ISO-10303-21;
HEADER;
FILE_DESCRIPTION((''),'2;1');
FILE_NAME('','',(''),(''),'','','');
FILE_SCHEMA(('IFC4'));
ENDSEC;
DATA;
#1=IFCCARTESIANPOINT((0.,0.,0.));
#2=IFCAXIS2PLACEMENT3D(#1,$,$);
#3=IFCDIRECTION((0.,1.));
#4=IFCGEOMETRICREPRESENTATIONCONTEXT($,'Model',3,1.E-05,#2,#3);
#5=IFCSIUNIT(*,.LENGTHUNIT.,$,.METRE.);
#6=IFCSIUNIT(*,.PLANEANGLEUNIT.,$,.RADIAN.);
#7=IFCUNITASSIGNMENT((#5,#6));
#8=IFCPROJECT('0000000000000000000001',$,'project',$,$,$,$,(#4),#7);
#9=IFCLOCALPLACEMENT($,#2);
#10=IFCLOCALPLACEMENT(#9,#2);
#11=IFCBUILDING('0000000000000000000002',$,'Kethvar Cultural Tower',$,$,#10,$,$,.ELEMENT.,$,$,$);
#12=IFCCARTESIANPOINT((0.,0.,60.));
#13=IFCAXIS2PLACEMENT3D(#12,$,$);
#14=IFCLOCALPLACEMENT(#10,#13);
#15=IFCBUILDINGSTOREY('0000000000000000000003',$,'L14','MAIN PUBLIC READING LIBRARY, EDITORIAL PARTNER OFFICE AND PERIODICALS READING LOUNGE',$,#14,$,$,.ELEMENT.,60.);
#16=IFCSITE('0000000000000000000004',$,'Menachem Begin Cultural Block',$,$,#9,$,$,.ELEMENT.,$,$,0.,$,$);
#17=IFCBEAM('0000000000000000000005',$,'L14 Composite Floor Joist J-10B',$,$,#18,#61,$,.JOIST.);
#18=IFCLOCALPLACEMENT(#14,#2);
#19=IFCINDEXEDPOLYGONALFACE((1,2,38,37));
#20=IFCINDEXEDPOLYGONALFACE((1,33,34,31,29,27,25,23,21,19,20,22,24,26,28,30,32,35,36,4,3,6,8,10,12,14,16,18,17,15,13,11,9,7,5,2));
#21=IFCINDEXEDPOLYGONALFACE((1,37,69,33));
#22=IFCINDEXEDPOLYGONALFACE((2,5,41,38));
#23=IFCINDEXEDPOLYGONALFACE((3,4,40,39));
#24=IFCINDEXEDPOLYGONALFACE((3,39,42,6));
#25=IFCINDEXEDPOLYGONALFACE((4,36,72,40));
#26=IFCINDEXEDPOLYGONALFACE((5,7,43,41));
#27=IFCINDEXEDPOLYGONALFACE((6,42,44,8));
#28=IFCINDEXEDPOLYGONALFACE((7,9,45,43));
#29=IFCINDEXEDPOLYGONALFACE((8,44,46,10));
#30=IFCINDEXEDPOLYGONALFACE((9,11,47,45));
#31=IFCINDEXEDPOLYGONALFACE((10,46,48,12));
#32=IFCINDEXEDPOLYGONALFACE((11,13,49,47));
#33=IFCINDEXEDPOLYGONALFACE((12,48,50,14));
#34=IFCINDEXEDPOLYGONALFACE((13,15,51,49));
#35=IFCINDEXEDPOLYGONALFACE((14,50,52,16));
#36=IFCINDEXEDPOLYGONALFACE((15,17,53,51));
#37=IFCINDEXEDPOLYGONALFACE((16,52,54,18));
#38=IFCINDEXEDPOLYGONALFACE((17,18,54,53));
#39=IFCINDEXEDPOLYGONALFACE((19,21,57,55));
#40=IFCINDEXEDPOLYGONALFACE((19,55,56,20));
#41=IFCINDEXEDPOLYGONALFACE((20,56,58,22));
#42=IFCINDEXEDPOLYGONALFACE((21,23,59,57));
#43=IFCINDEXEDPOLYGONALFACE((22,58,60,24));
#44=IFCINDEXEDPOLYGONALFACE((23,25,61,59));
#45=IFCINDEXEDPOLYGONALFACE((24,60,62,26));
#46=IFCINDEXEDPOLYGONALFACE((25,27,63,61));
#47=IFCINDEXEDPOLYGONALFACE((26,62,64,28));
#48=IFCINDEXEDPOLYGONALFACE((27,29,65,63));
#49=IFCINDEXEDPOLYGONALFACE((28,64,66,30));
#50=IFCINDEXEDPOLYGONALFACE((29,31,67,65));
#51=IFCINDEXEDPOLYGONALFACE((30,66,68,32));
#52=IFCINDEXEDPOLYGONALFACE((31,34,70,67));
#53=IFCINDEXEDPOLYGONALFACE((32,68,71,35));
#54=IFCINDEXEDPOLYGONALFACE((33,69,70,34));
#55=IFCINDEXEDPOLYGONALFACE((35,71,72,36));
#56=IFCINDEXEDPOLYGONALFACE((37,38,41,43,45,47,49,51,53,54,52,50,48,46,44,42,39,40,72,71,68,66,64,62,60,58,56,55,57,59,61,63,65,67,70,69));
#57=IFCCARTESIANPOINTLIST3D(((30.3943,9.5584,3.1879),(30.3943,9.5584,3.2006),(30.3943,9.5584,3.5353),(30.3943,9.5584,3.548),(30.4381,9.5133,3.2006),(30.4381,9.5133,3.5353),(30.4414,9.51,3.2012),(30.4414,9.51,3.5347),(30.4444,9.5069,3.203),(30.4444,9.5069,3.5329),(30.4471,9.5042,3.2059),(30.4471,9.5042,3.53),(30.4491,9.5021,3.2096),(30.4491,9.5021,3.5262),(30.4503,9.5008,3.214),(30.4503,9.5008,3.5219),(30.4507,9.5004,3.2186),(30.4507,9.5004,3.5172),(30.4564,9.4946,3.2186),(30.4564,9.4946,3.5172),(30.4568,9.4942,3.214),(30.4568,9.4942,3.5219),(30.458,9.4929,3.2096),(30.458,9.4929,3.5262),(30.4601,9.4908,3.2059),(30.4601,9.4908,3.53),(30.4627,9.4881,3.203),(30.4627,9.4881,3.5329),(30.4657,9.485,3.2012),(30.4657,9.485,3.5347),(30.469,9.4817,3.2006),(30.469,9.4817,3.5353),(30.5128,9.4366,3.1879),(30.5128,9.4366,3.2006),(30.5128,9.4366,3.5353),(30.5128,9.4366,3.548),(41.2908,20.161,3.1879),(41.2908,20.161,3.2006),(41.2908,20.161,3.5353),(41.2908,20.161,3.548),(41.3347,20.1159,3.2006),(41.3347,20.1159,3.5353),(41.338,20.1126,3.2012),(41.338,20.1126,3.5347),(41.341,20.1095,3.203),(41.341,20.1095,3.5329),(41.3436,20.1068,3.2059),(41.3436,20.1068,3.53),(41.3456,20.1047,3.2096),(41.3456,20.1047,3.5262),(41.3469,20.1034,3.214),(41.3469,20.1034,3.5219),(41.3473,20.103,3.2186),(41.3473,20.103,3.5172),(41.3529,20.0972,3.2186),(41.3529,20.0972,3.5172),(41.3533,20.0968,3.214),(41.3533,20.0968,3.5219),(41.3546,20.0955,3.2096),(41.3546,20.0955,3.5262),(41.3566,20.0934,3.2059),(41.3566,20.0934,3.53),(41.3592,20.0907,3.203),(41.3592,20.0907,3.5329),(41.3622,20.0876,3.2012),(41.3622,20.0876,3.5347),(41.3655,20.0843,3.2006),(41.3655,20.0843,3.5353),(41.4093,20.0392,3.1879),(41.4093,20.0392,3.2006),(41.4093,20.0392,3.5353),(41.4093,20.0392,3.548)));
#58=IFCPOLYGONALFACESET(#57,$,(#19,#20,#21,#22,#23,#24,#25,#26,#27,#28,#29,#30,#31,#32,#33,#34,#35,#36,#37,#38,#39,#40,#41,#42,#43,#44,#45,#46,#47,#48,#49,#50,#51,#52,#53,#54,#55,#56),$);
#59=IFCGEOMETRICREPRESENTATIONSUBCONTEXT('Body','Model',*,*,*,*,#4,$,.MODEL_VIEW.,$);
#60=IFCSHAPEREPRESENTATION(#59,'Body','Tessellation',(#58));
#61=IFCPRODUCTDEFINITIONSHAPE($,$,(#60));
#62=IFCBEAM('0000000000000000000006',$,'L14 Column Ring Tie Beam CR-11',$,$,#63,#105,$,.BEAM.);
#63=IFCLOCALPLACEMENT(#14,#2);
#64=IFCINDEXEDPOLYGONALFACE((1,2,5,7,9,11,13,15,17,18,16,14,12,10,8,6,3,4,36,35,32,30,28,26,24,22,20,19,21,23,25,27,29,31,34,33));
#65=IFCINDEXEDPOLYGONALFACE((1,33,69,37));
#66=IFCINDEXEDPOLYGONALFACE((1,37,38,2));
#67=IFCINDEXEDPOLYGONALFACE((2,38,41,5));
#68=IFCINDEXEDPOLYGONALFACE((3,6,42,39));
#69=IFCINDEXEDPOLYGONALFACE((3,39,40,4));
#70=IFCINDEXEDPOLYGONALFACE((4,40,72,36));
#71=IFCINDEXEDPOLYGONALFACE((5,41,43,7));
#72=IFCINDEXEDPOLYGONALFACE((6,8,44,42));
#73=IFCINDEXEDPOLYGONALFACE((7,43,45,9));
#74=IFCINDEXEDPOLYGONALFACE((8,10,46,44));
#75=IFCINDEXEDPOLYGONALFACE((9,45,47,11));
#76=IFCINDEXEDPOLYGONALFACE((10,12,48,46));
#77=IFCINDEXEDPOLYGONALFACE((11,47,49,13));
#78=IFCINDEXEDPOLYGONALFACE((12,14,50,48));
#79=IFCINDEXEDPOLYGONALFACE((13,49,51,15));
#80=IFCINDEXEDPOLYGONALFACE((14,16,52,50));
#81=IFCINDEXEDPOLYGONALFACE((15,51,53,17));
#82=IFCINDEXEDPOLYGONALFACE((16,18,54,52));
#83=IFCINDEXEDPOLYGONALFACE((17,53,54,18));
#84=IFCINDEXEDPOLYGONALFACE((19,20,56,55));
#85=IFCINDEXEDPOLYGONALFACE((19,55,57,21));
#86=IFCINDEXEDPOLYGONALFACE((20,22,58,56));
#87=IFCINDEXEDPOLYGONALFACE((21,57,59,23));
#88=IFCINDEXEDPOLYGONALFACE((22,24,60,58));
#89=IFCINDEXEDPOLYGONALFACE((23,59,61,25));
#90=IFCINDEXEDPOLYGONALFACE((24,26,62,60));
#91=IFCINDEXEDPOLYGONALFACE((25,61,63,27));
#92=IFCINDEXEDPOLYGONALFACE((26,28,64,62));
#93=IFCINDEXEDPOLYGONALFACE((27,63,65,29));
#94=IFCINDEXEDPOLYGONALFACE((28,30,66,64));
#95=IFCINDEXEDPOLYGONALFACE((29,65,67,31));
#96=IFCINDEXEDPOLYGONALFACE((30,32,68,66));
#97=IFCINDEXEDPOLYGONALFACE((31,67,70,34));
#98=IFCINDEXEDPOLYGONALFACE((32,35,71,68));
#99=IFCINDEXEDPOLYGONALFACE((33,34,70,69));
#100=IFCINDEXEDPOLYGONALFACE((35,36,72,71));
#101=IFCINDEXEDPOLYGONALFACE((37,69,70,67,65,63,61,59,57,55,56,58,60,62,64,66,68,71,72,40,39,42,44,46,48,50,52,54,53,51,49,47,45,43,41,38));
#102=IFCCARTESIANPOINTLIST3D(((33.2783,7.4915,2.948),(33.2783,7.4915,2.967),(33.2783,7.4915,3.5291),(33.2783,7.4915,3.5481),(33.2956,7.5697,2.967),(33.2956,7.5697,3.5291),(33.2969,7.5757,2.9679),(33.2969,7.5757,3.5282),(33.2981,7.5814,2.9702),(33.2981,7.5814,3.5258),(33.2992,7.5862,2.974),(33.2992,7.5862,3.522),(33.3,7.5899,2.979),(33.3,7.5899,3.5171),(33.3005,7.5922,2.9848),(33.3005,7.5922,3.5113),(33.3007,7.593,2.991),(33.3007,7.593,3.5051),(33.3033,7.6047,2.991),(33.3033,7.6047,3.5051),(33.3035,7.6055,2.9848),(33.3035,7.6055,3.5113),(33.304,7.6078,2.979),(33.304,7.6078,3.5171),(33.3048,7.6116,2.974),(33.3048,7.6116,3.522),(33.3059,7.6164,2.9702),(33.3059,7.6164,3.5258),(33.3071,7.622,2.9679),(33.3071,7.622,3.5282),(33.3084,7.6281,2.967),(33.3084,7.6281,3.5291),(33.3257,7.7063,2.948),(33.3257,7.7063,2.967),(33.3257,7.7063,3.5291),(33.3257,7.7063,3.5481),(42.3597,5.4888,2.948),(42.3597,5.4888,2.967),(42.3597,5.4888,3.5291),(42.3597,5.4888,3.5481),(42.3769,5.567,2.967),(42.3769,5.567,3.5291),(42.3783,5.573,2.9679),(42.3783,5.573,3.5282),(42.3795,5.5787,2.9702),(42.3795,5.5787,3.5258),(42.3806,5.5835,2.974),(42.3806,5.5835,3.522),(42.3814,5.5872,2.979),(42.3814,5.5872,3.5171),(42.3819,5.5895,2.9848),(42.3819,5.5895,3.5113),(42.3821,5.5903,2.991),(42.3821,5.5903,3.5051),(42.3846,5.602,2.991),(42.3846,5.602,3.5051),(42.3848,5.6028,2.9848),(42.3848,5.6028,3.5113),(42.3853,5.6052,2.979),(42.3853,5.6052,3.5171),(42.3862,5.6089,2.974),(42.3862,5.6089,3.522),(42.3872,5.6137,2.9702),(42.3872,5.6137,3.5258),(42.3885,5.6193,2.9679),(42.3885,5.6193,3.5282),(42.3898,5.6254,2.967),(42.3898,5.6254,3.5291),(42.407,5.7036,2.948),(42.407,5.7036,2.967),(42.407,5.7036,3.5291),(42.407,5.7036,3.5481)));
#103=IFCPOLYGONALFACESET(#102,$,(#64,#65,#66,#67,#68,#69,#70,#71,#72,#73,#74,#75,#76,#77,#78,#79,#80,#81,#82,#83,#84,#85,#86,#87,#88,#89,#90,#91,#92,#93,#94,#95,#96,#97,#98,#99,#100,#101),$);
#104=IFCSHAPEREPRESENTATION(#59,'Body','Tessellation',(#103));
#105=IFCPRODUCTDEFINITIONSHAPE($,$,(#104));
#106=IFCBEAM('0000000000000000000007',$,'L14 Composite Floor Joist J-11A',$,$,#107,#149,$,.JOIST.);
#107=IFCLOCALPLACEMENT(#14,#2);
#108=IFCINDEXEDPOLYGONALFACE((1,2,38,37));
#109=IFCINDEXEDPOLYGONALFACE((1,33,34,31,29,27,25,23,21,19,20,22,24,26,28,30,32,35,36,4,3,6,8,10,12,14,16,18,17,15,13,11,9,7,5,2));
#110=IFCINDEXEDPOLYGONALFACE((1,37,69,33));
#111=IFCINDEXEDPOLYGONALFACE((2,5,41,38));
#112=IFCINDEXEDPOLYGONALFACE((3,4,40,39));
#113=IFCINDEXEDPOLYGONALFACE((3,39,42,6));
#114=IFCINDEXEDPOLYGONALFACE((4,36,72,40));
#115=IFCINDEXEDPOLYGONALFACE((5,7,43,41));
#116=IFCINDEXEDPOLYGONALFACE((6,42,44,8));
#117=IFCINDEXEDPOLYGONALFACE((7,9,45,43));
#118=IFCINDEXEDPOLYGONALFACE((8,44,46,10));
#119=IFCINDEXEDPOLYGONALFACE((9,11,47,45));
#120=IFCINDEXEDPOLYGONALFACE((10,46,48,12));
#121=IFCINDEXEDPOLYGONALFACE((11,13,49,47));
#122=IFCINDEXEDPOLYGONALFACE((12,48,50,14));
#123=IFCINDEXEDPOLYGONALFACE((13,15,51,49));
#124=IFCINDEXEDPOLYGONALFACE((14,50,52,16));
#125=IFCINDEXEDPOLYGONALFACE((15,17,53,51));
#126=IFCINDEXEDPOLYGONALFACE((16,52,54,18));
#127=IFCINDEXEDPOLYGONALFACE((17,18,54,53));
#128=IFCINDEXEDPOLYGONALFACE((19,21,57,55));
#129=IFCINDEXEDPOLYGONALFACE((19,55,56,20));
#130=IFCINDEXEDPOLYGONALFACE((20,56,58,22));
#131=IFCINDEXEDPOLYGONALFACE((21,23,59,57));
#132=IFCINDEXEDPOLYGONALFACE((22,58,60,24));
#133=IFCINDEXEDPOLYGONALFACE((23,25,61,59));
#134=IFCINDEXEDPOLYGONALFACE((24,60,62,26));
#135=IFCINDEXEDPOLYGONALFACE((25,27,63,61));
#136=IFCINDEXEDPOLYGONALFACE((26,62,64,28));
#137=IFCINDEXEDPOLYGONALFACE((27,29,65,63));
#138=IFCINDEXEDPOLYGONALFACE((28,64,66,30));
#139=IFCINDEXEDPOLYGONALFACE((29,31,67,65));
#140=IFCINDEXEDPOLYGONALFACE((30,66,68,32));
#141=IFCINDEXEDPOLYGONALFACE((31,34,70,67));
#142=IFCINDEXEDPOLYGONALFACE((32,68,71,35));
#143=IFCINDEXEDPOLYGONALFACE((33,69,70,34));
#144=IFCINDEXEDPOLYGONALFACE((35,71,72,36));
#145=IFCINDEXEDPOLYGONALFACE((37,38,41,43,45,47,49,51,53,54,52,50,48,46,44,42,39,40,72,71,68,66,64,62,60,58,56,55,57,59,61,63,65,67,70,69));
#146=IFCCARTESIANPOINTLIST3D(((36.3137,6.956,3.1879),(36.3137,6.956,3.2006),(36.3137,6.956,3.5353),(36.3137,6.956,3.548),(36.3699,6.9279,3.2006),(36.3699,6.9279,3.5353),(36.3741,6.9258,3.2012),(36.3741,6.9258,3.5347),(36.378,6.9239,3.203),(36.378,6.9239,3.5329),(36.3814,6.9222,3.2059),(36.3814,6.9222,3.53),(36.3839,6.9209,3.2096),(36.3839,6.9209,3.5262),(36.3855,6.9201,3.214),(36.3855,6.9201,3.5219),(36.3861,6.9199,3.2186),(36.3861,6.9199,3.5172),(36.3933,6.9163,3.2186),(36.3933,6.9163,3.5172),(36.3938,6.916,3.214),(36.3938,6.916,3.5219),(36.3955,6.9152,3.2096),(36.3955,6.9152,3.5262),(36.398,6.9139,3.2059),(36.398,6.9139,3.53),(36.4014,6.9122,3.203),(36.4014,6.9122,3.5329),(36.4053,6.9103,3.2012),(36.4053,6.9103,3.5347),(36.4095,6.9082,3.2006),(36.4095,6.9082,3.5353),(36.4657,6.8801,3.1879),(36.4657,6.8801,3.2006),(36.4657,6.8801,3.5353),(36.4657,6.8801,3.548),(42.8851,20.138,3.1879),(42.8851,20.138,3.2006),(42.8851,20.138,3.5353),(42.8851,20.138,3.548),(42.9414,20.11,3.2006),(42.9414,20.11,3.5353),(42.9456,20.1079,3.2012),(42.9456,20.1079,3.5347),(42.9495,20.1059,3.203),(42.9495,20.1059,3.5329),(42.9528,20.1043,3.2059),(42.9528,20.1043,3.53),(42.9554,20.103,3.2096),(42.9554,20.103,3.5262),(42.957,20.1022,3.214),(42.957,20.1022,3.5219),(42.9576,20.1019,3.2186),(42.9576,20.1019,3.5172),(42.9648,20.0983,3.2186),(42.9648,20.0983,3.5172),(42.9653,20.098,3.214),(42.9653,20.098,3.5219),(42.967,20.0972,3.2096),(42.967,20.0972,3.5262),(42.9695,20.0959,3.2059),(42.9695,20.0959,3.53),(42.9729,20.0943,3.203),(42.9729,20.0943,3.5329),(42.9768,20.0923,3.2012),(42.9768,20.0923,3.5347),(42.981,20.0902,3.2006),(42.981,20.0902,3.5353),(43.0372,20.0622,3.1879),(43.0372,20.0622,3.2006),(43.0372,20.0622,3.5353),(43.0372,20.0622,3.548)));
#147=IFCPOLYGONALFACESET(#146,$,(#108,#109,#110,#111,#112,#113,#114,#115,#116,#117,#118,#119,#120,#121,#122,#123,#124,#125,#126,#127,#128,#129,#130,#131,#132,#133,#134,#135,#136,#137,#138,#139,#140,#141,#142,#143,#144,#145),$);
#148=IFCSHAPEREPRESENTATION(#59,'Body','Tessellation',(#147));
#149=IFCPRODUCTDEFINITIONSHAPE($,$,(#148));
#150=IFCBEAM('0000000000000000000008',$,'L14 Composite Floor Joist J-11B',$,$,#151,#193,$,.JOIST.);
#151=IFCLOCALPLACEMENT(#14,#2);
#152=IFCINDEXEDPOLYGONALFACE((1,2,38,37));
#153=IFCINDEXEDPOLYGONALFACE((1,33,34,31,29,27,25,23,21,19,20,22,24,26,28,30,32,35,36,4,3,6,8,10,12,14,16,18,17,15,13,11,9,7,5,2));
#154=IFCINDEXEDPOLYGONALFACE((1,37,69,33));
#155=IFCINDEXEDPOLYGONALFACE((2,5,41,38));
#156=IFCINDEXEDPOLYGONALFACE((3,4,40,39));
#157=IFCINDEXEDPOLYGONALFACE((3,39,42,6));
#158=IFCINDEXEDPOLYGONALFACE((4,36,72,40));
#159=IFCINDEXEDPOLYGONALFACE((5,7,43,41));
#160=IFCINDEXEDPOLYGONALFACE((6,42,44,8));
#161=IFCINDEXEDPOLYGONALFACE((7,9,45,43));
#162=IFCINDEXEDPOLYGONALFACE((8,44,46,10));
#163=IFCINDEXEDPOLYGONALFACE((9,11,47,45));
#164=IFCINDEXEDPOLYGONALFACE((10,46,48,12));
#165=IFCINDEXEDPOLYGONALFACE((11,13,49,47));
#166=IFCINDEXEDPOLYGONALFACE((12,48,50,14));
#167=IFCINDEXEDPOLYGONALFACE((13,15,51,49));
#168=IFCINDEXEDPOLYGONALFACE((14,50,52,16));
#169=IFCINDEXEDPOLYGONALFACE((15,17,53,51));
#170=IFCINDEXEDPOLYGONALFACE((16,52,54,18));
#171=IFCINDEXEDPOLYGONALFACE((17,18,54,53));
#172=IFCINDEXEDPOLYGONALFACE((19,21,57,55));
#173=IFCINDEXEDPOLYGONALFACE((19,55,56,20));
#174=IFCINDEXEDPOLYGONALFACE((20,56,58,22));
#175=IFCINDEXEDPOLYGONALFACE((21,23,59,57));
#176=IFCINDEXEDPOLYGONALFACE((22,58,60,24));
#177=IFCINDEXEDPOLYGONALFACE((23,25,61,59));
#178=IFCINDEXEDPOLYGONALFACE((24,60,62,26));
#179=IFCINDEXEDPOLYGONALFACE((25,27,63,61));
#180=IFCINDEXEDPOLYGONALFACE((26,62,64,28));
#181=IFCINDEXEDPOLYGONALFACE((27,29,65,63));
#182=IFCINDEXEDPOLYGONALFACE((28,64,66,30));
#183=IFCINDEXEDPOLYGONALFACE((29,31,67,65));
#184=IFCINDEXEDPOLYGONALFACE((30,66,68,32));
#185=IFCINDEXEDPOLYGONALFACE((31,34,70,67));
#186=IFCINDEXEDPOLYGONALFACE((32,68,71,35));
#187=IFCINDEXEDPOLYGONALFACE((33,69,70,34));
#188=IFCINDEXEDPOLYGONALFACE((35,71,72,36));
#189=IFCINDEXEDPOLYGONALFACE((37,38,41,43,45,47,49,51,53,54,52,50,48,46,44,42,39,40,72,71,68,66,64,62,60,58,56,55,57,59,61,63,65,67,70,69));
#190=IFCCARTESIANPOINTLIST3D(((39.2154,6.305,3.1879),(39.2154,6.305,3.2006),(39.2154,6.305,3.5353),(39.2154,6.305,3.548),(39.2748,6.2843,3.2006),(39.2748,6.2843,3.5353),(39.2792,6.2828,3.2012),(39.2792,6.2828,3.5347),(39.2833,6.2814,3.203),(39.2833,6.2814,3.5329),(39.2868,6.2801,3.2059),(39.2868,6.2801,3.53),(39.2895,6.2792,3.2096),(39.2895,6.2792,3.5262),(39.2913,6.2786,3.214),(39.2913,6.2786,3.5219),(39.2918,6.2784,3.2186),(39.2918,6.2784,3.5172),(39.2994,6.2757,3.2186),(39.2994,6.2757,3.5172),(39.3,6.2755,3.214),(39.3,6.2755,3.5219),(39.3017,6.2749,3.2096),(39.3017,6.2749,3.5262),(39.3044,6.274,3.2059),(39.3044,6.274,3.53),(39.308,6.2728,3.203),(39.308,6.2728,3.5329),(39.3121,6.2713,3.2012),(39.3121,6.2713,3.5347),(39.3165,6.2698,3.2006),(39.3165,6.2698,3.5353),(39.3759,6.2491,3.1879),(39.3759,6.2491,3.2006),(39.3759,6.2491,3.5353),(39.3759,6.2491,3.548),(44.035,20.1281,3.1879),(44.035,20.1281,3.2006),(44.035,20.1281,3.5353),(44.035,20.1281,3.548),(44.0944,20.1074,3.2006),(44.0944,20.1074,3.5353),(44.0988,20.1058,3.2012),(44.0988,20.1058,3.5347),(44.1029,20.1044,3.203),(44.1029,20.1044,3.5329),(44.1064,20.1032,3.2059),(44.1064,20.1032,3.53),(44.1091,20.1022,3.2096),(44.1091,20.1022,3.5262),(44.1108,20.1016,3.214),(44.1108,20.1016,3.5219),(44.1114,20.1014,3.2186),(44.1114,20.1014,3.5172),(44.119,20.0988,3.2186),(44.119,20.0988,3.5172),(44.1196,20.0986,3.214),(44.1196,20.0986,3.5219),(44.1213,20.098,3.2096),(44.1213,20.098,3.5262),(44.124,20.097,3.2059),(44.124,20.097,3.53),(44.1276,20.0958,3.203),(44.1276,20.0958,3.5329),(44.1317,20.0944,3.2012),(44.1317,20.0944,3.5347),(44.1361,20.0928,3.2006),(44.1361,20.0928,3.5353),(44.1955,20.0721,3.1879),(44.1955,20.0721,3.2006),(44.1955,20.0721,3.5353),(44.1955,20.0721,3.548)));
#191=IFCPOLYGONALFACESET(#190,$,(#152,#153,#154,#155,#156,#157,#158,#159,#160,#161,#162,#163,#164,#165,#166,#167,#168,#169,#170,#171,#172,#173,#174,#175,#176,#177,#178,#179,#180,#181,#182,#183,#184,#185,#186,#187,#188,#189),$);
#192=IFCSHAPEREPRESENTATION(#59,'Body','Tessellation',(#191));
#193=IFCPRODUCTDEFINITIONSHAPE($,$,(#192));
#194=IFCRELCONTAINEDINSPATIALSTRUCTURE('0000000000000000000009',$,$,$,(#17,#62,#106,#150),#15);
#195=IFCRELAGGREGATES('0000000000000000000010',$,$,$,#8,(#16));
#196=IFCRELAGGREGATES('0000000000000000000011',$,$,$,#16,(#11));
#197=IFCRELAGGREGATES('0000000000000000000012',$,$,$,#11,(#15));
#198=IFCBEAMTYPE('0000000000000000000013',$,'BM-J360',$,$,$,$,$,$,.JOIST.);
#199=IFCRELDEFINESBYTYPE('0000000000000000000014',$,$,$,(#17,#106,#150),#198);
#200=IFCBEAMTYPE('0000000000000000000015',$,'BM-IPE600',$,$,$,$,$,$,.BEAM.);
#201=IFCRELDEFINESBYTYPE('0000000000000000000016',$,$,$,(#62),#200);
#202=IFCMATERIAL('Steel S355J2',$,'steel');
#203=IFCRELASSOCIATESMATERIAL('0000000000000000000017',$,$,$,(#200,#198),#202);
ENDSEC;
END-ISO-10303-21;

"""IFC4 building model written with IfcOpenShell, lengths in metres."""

from ifc_helpers import new_model, si_unit, direction, frame, origin, origin_2d, place, context, subcontext, project, spatial, i_section, extrude, source, transform, mapped, material, material_profile, profile_set, type_object, element, save


model = new_model("IFC4")

# Units and contexts
model_context = context("Model", 3, precision=1e-05, world=origin(), true_north=direction((0.0, 1.0)))
body_context = subcontext(model_context, "Body", "Model", "MODEL_VIEW")
ifc_project = project(units=[si_unit("LENGTHUNIT", "METRE"), si_unit("PLANEANGLEUNIT", "RADIAN")], contexts=[model_context])

# Site, building, storey
site_placement = place(None, origin())
site = spatial("IfcSite", under=ifc_project, at=site_placement, Name="Menachem Begin Cultural Block", CompositionType="ELEMENT", RefElevation=0.0)
building_placement = place(site_placement, origin())
building = spatial("IfcBuilding", under=site, at=building_placement, Name="Kethvar Cultural Tower", CompositionType="ELEMENT")
storey_placement = place(building_placement, frame((0.0, 0.0, 60.0)))
storey = spatial("IfcBuildingStorey", under=building, at=storey_placement, Name="L14", Description="MAIN PUBLIC READING LIBRARY, EDITORIAL PARTNER OFFICE AND PERIODICALS READING LOUNGE", CompositionType="ELEMENT", Elevation=60.0)

# Beams
ifc_material_1 = material(Name="Steel S355J2", Category="steel")
ifc_material_profile_1 = material_profile(ifc_material_1, i_section(OverallWidth=0.22, OverallDepth=0.6001, WebThickness=0.012, FlangeThickness=0.019, FilletRadius=0.0239, at=origin_2d()), Name="Steel S355J2 — IPE600")
ifc_profile_set_1 = profile_set([ifc_material_profile_1], Name="Steel S355J2 — IPE600")
beam_type_1 = type_object("IfcBeamType", Name="BM-IPE600", PredefinedType="BEAM", material=ifc_profile_set_1)
ifc_material_profile_2 = material_profile(ifc_material_1, i_section(OverallWidth=0.1699, OverallDepth=0.3601, WebThickness=0.0081, FlangeThickness=0.0127, FilletRadius=0.0181, at=origin_2d()), Name="Steel S355J2 — IPE360")
ifc_profile_set_2 = profile_set([ifc_material_profile_2], Name="Steel S355J2 — IPE360")
beam_type_2 = type_object("IfcBeamType", Name="BM-J360", PredefinedType="JOIST", material=ifc_profile_set_2)
shared_shape_1 = source(origin(), body_context, "Body", "SweptSolid", [
    extrude(i_section(OverallWidth=0.1699, OverallDepth=0.3601, WebThickness=0.0081, FlangeThickness=0.0127, FilletRadius=0.0181, at=origin_2d()), origin(), (0.0, 0.0, 1.0), 15.2036),
])
beam_1_placement = place(storey_placement, frame((41.3501, 20.1001, 3.3679), z_axis=(-0.716708, -0.697374, 0.0), x_axis=(0.697374, -0.716708, 0.0)))
element("IfcBeam", 1, at=beam_1_placement, inside=storey, type_object=beam_type_2, Name="L14 Composite Floor Joist J-10B", PredefinedType="JOIST", context=body_context, shape_type="MappedRepresentation", body=[
    mapped(shared_shape_1, transform((0.0, 0.0, 0.0), scale=1.0)),
])
shared_shape_2 = source(origin(), body_context, "Body", "SweptSolid", [
    extrude(i_section(OverallWidth=0.22, OverallDepth=0.6001, WebThickness=0.012, FlangeThickness=0.019, FilletRadius=0.0239, at=origin_2d()), origin(), (0.0, 0.0, 1.0), 9.2996),
])
beam_2_placement = place(storey_placement, frame((33.302, 7.5989, 3.248), z_axis=(0.976536, -0.215354, 0.0), x_axis=(0.215354, 0.976536, 0.0)))
element("IfcBeam", 2, at=beam_2_placement, inside=storey, type_object=beam_type_1, Name="L14 Column Ring Tie Beam CR-11", PredefinedType="BEAM", context=body_context, shape_type="MappedRepresentation", body=[
    mapped(shared_shape_2, transform((0.0, 0.0, 0.0), scale=1.0)),
])
shared_shape_3 = source(origin(), body_context, "Body", "SweptSolid", [
    extrude(i_section(OverallWidth=0.1699, OverallDepth=0.3601, WebThickness=0.0081, FlangeThickness=0.0127, FilletRadius=0.0181, at=origin_2d()), origin(), (0.0, 0.0, 1.0), 14.7292),
])
beam_3_placement = place(storey_placement, frame((42.9612, 20.1001, 3.3679), z_axis=(-0.446152, -0.894957, 0.0), x_axis=(0.894957, -0.446152, 0.0)))
element("IfcBeam", 3, at=beam_3_placement, inside=storey, type_object=beam_type_2, Name="L14 Composite Floor Joist J-11A", PredefinedType="JOIST", context=body_context, shape_type="MappedRepresentation", body=[
    mapped(shared_shape_3, transform((0.0, 0.0, 0.0), scale=1.0)),
])
shared_shape_4 = source(origin(), body_context, "Body", "SweptSolid", [
    extrude(i_section(OverallWidth=0.1699, OverallDepth=0.3601, WebThickness=0.0081, FlangeThickness=0.0127, FilletRadius=0.0181, at=origin_2d()), origin(), (0.0, 0.0, 1.0), 14.6392),
])
beam_4_placement = place(storey_placement, frame((44.1152, 20.1001, 3.3679), z_axis=(-0.329226, -0.944251, 0.0), x_axis=(0.944251, -0.329226, 0.0)))
element("IfcBeam", 4, at=beam_4_placement, inside=storey, type_object=beam_type_2, Name="L14 Composite Floor Joist J-11B", PredefinedType="JOIST", context=body_context, shape_type="MappedRepresentation", body=[
    mapped(shared_shape_4, transform((0.0, 0.0, 0.0), scale=1.0)),
])

save(model, "model.ifc")
